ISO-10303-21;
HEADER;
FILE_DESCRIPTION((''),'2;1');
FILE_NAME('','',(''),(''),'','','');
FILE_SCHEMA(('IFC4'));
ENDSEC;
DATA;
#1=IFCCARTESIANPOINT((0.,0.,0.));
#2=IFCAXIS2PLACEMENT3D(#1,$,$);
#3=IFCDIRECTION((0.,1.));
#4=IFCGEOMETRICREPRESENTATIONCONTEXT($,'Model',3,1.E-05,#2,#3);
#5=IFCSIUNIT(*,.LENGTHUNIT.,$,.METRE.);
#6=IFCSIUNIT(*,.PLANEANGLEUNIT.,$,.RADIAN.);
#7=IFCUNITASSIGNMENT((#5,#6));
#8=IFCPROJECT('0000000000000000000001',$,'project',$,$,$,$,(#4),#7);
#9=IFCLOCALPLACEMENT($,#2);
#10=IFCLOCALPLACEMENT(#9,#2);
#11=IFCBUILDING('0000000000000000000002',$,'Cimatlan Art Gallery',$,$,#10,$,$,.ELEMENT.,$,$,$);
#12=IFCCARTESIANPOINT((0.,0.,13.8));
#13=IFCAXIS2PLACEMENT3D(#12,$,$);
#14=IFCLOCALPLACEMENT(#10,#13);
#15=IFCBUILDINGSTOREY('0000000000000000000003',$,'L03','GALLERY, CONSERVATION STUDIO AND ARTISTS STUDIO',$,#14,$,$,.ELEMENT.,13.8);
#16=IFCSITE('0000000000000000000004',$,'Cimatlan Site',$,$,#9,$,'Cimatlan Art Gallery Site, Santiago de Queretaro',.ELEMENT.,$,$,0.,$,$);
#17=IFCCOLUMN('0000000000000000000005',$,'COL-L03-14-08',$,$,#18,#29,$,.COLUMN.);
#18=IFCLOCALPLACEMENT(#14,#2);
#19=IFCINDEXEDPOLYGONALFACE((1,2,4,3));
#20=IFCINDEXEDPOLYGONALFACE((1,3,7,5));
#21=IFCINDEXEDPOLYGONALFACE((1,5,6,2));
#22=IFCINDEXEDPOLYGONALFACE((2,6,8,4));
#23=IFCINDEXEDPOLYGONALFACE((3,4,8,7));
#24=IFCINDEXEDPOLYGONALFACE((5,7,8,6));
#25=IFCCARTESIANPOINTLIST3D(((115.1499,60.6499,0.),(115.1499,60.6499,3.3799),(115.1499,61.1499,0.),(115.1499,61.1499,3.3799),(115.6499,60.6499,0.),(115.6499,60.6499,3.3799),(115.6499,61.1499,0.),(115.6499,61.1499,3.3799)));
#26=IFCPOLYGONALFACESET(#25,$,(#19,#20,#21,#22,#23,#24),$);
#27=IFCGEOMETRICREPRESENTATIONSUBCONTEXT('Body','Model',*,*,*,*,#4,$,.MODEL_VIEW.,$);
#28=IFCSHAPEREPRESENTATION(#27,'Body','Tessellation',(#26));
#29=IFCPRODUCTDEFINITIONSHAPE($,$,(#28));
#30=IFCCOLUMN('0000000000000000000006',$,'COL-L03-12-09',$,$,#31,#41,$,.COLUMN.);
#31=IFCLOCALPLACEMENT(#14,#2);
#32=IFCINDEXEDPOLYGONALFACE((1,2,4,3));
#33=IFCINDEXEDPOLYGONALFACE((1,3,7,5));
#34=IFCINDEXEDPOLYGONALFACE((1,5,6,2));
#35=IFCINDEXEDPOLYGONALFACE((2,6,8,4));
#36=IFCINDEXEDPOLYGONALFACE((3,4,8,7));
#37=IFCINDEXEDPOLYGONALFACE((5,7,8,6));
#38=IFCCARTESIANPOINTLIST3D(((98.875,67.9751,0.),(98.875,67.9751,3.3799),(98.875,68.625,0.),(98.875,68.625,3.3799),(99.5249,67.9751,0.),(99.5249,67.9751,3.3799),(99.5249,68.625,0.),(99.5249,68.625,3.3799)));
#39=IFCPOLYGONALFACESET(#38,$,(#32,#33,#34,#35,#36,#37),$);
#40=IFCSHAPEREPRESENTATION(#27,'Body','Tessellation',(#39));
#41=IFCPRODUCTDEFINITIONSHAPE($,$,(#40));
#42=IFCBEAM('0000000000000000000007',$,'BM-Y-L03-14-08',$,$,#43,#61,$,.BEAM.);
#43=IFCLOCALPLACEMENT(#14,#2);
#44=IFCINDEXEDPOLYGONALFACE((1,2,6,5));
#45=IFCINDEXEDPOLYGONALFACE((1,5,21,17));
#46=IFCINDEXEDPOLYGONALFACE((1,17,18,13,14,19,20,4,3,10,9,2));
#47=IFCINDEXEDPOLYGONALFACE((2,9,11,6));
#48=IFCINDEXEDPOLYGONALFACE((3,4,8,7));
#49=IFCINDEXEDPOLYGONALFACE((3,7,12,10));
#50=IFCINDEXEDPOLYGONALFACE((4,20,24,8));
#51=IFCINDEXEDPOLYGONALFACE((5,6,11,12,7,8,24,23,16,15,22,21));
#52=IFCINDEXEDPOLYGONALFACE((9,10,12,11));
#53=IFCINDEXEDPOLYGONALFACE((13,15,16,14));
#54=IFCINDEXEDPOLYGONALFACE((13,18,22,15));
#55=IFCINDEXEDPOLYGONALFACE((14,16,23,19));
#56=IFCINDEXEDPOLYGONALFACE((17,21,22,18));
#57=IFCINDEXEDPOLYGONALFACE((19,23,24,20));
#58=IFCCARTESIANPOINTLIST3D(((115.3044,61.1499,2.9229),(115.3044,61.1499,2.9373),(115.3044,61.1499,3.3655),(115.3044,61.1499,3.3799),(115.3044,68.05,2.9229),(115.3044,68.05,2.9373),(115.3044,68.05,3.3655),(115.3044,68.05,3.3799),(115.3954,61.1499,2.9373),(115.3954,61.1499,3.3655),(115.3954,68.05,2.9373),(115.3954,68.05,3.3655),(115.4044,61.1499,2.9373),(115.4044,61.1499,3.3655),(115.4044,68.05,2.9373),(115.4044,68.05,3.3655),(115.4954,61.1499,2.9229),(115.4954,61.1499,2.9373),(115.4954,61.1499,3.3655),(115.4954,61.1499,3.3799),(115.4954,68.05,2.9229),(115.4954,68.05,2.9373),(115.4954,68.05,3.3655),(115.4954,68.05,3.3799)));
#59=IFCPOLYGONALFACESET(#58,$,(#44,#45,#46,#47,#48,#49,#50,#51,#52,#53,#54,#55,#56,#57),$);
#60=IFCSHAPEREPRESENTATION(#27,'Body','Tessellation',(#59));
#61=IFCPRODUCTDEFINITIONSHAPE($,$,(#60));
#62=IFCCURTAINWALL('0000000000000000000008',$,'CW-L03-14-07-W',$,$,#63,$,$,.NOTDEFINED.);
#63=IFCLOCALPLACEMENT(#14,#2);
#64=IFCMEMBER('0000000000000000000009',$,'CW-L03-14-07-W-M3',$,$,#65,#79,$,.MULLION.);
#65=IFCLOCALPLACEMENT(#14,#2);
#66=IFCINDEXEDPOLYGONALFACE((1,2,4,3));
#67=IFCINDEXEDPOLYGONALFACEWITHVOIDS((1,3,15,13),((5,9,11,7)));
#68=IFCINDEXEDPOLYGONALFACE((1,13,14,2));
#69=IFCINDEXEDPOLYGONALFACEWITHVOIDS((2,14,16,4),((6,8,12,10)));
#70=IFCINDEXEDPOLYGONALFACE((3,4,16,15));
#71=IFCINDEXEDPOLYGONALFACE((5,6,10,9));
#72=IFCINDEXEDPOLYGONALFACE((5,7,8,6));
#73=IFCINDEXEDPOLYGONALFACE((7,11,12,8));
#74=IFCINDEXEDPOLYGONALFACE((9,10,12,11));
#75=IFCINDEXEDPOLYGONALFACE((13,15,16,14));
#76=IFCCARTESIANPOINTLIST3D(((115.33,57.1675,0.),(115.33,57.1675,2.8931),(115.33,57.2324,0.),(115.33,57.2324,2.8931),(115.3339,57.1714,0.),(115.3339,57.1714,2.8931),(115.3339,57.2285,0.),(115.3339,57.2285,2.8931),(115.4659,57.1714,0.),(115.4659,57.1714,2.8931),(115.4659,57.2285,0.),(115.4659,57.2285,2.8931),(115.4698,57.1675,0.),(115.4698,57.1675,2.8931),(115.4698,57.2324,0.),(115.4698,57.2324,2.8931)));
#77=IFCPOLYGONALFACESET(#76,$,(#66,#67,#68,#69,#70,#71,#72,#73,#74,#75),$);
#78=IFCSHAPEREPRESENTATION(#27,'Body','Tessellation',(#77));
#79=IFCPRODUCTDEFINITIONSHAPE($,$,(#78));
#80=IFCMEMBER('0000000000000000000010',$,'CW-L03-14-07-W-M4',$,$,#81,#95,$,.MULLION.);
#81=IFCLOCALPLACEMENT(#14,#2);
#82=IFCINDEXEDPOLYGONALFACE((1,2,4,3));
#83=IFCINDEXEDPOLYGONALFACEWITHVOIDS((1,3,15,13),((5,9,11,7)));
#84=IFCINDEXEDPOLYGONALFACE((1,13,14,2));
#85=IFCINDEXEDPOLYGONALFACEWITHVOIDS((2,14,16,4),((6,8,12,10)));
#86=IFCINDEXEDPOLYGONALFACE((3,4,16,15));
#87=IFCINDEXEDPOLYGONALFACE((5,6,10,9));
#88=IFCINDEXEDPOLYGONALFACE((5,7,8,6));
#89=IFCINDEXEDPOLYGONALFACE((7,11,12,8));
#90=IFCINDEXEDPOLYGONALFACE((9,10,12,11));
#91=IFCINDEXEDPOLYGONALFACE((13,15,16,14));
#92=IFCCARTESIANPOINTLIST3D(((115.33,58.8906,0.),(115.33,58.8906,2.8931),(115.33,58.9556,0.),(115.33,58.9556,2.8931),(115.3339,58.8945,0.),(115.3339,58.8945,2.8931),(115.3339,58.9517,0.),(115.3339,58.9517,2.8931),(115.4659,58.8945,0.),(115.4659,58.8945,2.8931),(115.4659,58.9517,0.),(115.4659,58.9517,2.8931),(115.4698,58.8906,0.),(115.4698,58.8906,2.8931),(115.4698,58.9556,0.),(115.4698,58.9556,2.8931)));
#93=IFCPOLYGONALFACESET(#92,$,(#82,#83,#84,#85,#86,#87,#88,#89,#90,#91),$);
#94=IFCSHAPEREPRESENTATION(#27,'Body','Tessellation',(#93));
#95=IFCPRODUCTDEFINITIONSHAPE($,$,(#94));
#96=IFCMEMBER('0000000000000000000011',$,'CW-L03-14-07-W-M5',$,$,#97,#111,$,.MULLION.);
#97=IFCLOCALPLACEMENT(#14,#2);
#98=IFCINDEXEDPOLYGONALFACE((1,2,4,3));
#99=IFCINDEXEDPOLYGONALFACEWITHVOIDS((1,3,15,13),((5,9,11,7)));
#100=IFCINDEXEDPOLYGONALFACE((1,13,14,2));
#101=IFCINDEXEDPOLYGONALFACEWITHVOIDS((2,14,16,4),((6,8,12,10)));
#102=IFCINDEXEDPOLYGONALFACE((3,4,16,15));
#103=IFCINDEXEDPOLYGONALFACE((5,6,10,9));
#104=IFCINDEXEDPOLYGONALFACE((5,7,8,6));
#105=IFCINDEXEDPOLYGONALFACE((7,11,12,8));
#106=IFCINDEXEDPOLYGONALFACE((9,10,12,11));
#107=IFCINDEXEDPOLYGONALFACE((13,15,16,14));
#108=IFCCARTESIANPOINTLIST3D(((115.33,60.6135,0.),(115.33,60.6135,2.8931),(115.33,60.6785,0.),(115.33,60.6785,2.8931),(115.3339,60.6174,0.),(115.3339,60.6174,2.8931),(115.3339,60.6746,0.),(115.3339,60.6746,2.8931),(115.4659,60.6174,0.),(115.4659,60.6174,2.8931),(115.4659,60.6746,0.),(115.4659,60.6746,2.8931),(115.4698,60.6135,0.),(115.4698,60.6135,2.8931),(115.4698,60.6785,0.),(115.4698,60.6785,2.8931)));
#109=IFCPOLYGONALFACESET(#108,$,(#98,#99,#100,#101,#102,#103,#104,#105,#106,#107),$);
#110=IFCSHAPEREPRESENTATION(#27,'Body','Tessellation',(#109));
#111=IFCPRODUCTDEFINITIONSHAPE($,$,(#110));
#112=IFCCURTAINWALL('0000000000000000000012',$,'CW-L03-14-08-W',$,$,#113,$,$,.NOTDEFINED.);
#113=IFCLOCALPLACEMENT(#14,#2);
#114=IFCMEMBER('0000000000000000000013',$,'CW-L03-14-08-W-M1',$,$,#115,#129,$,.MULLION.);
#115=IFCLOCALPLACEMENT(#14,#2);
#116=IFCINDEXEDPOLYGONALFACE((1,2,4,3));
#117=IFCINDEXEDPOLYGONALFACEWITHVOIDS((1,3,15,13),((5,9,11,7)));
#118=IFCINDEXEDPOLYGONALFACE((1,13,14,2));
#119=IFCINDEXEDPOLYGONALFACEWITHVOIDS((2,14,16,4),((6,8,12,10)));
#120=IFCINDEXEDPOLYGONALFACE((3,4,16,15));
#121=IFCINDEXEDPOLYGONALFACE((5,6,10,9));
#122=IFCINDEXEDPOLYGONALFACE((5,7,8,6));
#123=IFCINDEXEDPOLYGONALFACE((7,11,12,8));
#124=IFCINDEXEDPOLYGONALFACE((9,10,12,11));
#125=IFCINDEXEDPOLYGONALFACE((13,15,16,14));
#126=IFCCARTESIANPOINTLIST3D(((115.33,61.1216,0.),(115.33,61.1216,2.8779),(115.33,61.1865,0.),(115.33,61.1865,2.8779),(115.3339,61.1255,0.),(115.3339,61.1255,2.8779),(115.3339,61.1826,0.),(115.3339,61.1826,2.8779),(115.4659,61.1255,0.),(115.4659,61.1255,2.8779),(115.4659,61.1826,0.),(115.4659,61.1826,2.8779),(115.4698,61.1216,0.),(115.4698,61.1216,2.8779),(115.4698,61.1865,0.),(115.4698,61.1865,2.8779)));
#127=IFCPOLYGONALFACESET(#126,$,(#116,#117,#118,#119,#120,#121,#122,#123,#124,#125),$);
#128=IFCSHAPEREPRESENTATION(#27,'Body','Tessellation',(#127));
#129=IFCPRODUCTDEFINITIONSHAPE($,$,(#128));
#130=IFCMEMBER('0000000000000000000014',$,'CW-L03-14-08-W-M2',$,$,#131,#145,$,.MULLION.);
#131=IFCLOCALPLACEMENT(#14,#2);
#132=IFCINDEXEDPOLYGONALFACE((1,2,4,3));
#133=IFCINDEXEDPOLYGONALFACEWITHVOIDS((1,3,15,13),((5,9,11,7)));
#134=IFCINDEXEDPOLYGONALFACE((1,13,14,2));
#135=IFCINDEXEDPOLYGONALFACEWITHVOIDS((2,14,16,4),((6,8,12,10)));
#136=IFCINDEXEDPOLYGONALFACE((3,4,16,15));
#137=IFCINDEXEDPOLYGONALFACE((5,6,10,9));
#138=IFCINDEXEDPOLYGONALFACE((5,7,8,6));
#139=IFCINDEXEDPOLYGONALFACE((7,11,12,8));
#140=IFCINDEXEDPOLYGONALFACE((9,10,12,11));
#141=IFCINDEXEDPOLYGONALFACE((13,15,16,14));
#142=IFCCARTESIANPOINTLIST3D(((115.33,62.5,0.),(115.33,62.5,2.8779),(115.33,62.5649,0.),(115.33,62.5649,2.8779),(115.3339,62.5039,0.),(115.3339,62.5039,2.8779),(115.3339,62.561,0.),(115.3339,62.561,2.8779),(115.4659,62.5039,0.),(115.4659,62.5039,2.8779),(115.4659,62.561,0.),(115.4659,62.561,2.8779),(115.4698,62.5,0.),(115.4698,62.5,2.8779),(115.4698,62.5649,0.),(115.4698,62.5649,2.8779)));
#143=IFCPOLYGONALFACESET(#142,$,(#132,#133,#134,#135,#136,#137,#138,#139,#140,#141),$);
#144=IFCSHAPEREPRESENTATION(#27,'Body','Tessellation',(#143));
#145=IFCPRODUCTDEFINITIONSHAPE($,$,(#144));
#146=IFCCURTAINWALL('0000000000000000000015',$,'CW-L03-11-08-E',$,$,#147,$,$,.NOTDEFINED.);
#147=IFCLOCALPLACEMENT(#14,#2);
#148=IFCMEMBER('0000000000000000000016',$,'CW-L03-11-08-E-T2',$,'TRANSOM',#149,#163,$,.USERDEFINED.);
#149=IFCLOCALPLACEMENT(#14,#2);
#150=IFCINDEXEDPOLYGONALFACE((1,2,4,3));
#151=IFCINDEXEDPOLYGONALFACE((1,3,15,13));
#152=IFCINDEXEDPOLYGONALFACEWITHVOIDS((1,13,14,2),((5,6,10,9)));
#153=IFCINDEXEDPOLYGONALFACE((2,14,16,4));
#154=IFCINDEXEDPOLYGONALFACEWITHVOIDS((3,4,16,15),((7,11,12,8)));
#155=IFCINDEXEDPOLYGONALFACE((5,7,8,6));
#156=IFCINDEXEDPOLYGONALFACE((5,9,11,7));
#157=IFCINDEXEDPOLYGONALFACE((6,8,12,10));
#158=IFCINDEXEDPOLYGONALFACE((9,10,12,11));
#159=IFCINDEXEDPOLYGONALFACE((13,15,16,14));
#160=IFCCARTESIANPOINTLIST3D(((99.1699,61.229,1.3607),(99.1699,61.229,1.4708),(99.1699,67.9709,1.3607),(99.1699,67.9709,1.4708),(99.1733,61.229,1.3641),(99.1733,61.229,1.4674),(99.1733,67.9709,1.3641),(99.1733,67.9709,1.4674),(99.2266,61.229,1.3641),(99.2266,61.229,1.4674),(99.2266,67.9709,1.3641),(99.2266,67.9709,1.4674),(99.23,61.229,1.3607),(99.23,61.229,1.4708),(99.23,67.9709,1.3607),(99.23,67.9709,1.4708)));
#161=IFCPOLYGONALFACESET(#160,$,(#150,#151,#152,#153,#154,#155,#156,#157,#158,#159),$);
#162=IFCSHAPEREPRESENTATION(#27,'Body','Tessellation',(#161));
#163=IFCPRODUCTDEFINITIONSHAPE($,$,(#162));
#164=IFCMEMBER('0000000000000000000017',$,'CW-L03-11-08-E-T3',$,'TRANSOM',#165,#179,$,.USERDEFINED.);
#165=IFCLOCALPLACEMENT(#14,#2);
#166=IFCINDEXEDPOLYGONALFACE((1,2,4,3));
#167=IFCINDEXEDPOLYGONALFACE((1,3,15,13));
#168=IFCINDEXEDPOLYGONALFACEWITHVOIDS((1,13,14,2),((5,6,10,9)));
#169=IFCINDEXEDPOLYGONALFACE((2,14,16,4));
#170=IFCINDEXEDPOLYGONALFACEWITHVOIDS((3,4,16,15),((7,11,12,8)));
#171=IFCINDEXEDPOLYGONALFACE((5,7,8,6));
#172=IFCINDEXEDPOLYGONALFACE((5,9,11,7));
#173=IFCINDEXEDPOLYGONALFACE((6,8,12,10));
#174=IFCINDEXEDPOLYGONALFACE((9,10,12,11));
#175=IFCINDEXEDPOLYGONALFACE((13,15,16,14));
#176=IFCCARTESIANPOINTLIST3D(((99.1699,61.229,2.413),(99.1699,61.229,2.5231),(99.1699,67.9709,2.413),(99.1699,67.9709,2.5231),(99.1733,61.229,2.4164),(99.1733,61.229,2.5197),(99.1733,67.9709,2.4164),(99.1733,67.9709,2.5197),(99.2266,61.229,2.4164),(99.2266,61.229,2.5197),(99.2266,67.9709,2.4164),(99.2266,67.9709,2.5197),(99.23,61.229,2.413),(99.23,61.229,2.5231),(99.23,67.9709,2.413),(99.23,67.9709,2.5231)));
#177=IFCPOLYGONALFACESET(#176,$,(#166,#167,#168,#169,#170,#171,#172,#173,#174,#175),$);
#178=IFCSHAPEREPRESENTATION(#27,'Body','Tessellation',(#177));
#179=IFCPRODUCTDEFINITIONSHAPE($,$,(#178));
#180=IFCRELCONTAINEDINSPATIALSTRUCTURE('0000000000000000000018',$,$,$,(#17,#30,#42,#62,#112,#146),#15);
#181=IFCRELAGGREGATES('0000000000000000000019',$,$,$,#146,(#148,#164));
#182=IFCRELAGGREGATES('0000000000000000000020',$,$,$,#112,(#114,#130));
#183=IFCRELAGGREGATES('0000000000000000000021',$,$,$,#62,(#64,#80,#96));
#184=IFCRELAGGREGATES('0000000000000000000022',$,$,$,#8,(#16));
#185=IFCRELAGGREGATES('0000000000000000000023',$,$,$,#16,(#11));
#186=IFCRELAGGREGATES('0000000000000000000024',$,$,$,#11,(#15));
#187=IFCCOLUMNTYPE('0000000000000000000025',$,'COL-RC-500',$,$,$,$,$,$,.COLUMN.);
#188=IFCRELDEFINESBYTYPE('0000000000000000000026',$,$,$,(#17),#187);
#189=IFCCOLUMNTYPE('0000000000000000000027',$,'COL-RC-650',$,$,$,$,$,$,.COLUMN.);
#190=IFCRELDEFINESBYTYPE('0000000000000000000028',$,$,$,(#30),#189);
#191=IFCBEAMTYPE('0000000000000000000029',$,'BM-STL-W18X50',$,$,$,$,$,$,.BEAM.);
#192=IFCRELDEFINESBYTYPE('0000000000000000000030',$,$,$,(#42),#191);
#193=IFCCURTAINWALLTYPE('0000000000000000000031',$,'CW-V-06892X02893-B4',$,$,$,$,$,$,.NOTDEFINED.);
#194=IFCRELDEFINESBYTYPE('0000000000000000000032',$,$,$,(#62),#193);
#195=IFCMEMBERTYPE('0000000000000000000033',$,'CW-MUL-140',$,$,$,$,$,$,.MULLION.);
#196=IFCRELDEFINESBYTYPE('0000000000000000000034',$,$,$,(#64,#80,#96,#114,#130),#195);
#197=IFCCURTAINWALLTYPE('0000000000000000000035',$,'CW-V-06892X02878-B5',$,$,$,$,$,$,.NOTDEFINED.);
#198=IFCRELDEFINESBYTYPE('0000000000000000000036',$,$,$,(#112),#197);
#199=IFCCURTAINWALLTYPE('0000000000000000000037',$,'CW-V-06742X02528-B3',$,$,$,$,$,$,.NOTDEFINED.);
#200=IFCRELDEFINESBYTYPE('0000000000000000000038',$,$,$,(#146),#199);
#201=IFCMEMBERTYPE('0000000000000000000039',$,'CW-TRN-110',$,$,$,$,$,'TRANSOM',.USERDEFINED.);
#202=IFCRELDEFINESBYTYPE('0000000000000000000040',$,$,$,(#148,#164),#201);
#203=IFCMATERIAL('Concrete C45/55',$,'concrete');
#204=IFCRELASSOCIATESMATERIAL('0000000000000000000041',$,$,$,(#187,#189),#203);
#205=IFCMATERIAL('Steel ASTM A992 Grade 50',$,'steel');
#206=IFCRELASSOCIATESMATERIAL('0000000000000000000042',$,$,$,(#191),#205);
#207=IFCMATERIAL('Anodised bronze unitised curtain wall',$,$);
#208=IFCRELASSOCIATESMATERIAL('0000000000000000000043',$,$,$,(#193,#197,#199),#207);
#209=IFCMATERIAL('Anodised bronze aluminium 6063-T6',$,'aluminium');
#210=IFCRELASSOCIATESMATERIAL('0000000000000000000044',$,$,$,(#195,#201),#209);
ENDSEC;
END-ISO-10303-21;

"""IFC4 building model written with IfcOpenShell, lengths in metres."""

from ifc_helpers import new_model, si_unit, direction, frame, origin, origin_2d, place, context, subcontext, project, spatial, rectangle, hollow_rectangle, i_section, extrude, material, material_profile, profile_set, type_object, element, aggregate, save


model = new_model("IFC4")

# Units and contexts
model_context = context("Model", 3, precision=1e-05, world=origin(), true_north=direction((0.0, 1.0)))
body_context = subcontext(model_context, "Body", "Model", "MODEL_VIEW")
ifc_project = project(units=[si_unit("LENGTHUNIT", "METRE"), si_unit("PLANEANGLEUNIT", "RADIAN")], contexts=[model_context])

# Site, building, storey
site_placement = place(None, origin())
site = spatial("IfcSite", under=ifc_project, at=site_placement, Name="Cimatlan Site", LongName="Cimatlan Art Gallery Site, Santiago de Queretaro", CompositionType="ELEMENT", RefElevation=0.0)
building_placement = place(site_placement, origin())
building = spatial("IfcBuilding", under=site, at=building_placement, Name="Cimatlan Art Gallery", CompositionType="ELEMENT")
storey_placement = place(building_placement, frame((0.0, 0.0, 13.8)))
storey = spatial("IfcBuildingStorey", under=building, at=storey_placement, Name="L03", Description="GALLERY, CONSERVATION STUDIO AND ARTISTS STUDIO", CompositionType="ELEMENT", Elevation=13.8)

# Columns
ifc_material_1 = material(Name="Concrete C45/55", Category="concrete")
ifc_material_profile_1 = material_profile(ifc_material_1, rectangle(XDim=0.5, YDim=0.5, at=origin_2d()), Name="RC500X500")
ifc_profile_set_1 = profile_set([ifc_material_profile_1], Name="Concrete C45/55")
column_type_1 = type_object("IfcColumnType", Name="COL-RC-500", PredefinedType="COLUMN", material=ifc_profile_set_1)
column_1_placement = place(storey_placement, frame((115.3999, 60.8999, 0.0), z_axis=(0.0, 0.0, 1.0), x_axis=(1.0, 0.0, 0.0)))
element("IfcColumn", 1, at=column_1_placement, inside=storey, type_object=column_type_1, Name="COL-L03-14-08", PredefinedType="COLUMN", context=body_context, shape_type="SweptSolid", body=[
    extrude(rectangle(XDim=0.5, YDim=0.5, at=origin_2d()), origin(), (0.0, 0.0, 1.0), 3.3799),
])
ifc_material_profile_2 = material_profile(ifc_material_1, rectangle(XDim=0.6499, YDim=0.6499, at=origin_2d()), Name="RC650X650")
ifc_profile_set_2 = profile_set([ifc_material_profile_2], Name="Concrete C45/55")
column_type_2 = type_object("IfcColumnType", Name="COL-RC-650", PredefinedType="COLUMN", material=ifc_profile_set_2)
column_2_placement = place(storey_placement, frame((99.2, 68.3, 0.0), z_axis=(0.0, 0.0, 1.0), x_axis=(1.0, 0.0, 0.0)))
element("IfcColumn", 2, at=column_2_placement, inside=storey, type_object=column_type_2, Name="COL-L03-12-09", PredefinedType="COLUMN", context=body_context, shape_type="SweptSolid", body=[
    extrude(rectangle(XDim=0.6499, YDim=0.6499, at=origin_2d()), origin(), (0.0, 0.0, 1.0), 3.3799),
])

# Beam
ifc_material_2 = material(Name="Steel ASTM A992 Grade 50", Category="steel")
ifc_material_profile_3 = material_profile(ifc_material_2, i_section(OverallWidth=0.1909, OverallDepth=0.457, WebThickness=0.009, FlangeThickness=0.0144, at=origin_2d()), Name="W18X50")
ifc_profile_set_3 = profile_set([ifc_material_profile_3], Name="Steel ASTM A992 Grade 50")
beam_type = type_object("IfcBeamType", Name="BM-STL-W18X50", PredefinedType="BEAM", material=ifc_profile_set_3)
beam_placement = place(storey_placement, frame((115.3999, 61.1499, 3.1514), z_axis=(0.0, 1.0, 0.0), x_axis=(-1.0, 0.0, 0.0)))
element("IfcBeam", 3, at=beam_placement, inside=storey, type_object=beam_type, Name="BM-Y-L03-14-08", PredefinedType="BEAM", context=body_context, shape_type="SweptSolid", body=[
    extrude(i_section(OverallWidth=0.1909, OverallDepth=0.457, WebThickness=0.009, FlangeThickness=0.0144, at=origin_2d()), origin(), (0.0, 0.0, 1.0), 6.9001),
])

# Curtain walls, members
ifc_material_3 = material(Name="Anodised bronze unitised curtain wall")
curtain_wall_type_1 = type_object("IfcCurtainWallType", Name="CW-V-06892X02893-B4", PredefinedType="NOTDEFINED", material=ifc_material_3)
curtain_wall_1_placement = place(storey_placement, origin())
curtain_wall_1 = element("IfcCurtainWall", 4, at=curtain_wall_1_placement, inside=storey, type_object=curtain_wall_type_1, Name="CW-L03-14-07-W", PredefinedType="NOTDEFINED")
ifc_material_4 = material(Name="Anodised bronze aluminium 6063-T6", Category="aluminium")
ifc_material_profile_4 = material_profile(ifc_material_4, hollow_rectangle(XDim=0.0649, YDim=0.1399, WallThickness=0.0039, at=origin_2d()), Name="ALU65X140X4")
ifc_profile_set_4 = profile_set([ifc_material_profile_4], Name="Anodised bronze aluminium 6063-T6")
member_type_1 = type_object("IfcMemberType", Name="CW-MUL-140", PredefinedType="MULLION", material=ifc_profile_set_4)
member_1_placement = place(storey_placement, frame((115.3999, 57.2, 0.0), z_axis=(0.0, 0.0, 1.0), x_axis=(0.0, 1.0, 0.0)))
member_1 = element("IfcMember", 5, at=member_1_placement, type_object=member_type_1, Name="CW-L03-14-07-W-M3", PredefinedType="MULLION", context=body_context, shape_type="SweptSolid", body=[
    extrude(hollow_rectangle(XDim=0.0649, YDim=0.1399, WallThickness=0.0039, at=origin_2d()), origin(), (0.0, 0.0, 1.0), 2.8931),
])
member_2_placement = place(storey_placement, frame((115.3999, 58.9231, 0.0), z_axis=(0.0, 0.0, 1.0), x_axis=(0.0, 1.0, 0.0)))
member_2 = element("IfcMember", 6, at=member_2_placement, type_object=member_type_1, Name="CW-L03-14-07-W-M4", PredefinedType="MULLION", context=body_context, shape_type="SweptSolid", body=[
    extrude(hollow_rectangle(XDim=0.0649, YDim=0.1399, WallThickness=0.0039, at=origin_2d()), origin(), (0.0, 0.0, 1.0), 2.8931),
])
member_3_placement = place(storey_placement, frame((115.3999, 60.646, 0.0), z_axis=(0.0, 0.0, 1.0), x_axis=(0.0, 1.0, 0.0)))
member_3 = element("IfcMember", 7, at=member_3_placement, type_object=member_type_1, Name="CW-L03-14-07-W-M5", PredefinedType="MULLION", context=body_context, shape_type="SweptSolid", body=[
    extrude(hollow_rectangle(XDim=0.0649, YDim=0.1399, WallThickness=0.0039, at=origin_2d()), origin(), (0.0, 0.0, 1.0), 2.8931),
])
curtain_wall_type_2 = type_object("IfcCurtainWallType", Name="CW-V-06892X02878-B5", PredefinedType="NOTDEFINED", material=ifc_material_3)
curtain_wall_2_placement = place(storey_placement, origin())
curtain_wall_2 = element("IfcCurtainWall", 8, at=curtain_wall_2_placement, inside=storey, type_object=curtain_wall_type_2, Name="CW-L03-14-08-W", PredefinedType="NOTDEFINED")
member_4_placement = place(storey_placement, frame((115.3999, 61.1541, 0.0), z_axis=(0.0, 0.0, 1.0), x_axis=(0.0, 1.0, 0.0)))
member_4 = element("IfcMember", 9, at=member_4_placement, type_object=member_type_1, Name="CW-L03-14-08-W-M1", PredefinedType="MULLION", context=body_context, shape_type="SweptSolid", body=[
    extrude(hollow_rectangle(XDim=0.0649, YDim=0.1399, WallThickness=0.0039, at=origin_2d()), origin(), (0.0, 0.0, 1.0), 2.8779),
])
member_5_placement = place(storey_placement, frame((115.3999, 62.5325, 0.0), z_axis=(0.0, 0.0, 1.0), x_axis=(0.0, 1.0, 0.0)))
member_5 = element("IfcMember", 10, at=member_5_placement, type_object=member_type_1, Name="CW-L03-14-08-W-M2", PredefinedType="MULLION", context=body_context, shape_type="SweptSolid", body=[
    extrude(hollow_rectangle(XDim=0.0649, YDim=0.1399, WallThickness=0.0039, at=origin_2d()), origin(), (0.0, 0.0, 1.0), 2.8779),
])
curtain_wall_type_3 = type_object("IfcCurtainWallType", Name="CW-V-06742X02528-B3", PredefinedType="NOTDEFINED", material=ifc_material_3)
curtain_wall_3_placement = place(storey_placement, origin())
curtain_wall_3 = element("IfcCurtainWall", 11, at=curtain_wall_3_placement, inside=storey, type_object=curtain_wall_type_3, Name="CW-L03-11-08-E", PredefinedType="NOTDEFINED")
ifc_material_profile_5 = material_profile(ifc_material_4, hollow_rectangle(XDim=0.0601, YDim=0.1101, WallThickness=0.0034, at=origin_2d()), Name="ALU60X110X3")
ifc_profile_set_5 = profile_set([ifc_material_profile_5], Name="Anodised bronze aluminium 6063-T6")
member_type_2 = type_object("IfcMemberType", Name="CW-TRN-110", ElementType="TRANSOM", PredefinedType="USERDEFINED", material=ifc_profile_set_5)
member_6_placement = place(storey_placement, frame((99.2, 67.9709, 1.4158), z_axis=(0.0, -1.0, 0.0), x_axis=(1.0, 0.0, 0.0)))
member_6 = element("IfcMember", 12, at=member_6_placement, type_object=member_type_2, Name="CW-L03-11-08-E-T2", ObjectType="TRANSOM", PredefinedType="USERDEFINED", context=body_context, shape_type="SweptSolid", body=[
    extrude(hollow_rectangle(XDim=0.0601, YDim=0.1101, WallThickness=0.0034, at=origin_2d()), origin(), (0.0, 0.0, 1.0), 6.7419),
])
member_7_placement = place(storey_placement, frame((99.2, 67.9709, 2.468), z_axis=(0.0, -1.0, 0.0), x_axis=(1.0, 0.0, 0.0)))
member_7 = element("IfcMember", 13, at=member_7_placement, type_object=member_type_2, Name="CW-L03-11-08-E-T3", ObjectType="TRANSOM", PredefinedType="USERDEFINED", context=body_context, shape_type="SweptSolid", body=[
    extrude(hollow_rectangle(XDim=0.0601, YDim=0.1101, WallThickness=0.0034, at=origin_2d()), origin(), (0.0, 0.0, 1.0), 6.7419),
])
aggregate(curtain_wall_3, [member_6, member_7])

aggregate(curtain_wall_2, [member_4, member_5])
aggregate(curtain_wall_1, [member_1, member_2, member_3])

save(model, "model.ifc")
